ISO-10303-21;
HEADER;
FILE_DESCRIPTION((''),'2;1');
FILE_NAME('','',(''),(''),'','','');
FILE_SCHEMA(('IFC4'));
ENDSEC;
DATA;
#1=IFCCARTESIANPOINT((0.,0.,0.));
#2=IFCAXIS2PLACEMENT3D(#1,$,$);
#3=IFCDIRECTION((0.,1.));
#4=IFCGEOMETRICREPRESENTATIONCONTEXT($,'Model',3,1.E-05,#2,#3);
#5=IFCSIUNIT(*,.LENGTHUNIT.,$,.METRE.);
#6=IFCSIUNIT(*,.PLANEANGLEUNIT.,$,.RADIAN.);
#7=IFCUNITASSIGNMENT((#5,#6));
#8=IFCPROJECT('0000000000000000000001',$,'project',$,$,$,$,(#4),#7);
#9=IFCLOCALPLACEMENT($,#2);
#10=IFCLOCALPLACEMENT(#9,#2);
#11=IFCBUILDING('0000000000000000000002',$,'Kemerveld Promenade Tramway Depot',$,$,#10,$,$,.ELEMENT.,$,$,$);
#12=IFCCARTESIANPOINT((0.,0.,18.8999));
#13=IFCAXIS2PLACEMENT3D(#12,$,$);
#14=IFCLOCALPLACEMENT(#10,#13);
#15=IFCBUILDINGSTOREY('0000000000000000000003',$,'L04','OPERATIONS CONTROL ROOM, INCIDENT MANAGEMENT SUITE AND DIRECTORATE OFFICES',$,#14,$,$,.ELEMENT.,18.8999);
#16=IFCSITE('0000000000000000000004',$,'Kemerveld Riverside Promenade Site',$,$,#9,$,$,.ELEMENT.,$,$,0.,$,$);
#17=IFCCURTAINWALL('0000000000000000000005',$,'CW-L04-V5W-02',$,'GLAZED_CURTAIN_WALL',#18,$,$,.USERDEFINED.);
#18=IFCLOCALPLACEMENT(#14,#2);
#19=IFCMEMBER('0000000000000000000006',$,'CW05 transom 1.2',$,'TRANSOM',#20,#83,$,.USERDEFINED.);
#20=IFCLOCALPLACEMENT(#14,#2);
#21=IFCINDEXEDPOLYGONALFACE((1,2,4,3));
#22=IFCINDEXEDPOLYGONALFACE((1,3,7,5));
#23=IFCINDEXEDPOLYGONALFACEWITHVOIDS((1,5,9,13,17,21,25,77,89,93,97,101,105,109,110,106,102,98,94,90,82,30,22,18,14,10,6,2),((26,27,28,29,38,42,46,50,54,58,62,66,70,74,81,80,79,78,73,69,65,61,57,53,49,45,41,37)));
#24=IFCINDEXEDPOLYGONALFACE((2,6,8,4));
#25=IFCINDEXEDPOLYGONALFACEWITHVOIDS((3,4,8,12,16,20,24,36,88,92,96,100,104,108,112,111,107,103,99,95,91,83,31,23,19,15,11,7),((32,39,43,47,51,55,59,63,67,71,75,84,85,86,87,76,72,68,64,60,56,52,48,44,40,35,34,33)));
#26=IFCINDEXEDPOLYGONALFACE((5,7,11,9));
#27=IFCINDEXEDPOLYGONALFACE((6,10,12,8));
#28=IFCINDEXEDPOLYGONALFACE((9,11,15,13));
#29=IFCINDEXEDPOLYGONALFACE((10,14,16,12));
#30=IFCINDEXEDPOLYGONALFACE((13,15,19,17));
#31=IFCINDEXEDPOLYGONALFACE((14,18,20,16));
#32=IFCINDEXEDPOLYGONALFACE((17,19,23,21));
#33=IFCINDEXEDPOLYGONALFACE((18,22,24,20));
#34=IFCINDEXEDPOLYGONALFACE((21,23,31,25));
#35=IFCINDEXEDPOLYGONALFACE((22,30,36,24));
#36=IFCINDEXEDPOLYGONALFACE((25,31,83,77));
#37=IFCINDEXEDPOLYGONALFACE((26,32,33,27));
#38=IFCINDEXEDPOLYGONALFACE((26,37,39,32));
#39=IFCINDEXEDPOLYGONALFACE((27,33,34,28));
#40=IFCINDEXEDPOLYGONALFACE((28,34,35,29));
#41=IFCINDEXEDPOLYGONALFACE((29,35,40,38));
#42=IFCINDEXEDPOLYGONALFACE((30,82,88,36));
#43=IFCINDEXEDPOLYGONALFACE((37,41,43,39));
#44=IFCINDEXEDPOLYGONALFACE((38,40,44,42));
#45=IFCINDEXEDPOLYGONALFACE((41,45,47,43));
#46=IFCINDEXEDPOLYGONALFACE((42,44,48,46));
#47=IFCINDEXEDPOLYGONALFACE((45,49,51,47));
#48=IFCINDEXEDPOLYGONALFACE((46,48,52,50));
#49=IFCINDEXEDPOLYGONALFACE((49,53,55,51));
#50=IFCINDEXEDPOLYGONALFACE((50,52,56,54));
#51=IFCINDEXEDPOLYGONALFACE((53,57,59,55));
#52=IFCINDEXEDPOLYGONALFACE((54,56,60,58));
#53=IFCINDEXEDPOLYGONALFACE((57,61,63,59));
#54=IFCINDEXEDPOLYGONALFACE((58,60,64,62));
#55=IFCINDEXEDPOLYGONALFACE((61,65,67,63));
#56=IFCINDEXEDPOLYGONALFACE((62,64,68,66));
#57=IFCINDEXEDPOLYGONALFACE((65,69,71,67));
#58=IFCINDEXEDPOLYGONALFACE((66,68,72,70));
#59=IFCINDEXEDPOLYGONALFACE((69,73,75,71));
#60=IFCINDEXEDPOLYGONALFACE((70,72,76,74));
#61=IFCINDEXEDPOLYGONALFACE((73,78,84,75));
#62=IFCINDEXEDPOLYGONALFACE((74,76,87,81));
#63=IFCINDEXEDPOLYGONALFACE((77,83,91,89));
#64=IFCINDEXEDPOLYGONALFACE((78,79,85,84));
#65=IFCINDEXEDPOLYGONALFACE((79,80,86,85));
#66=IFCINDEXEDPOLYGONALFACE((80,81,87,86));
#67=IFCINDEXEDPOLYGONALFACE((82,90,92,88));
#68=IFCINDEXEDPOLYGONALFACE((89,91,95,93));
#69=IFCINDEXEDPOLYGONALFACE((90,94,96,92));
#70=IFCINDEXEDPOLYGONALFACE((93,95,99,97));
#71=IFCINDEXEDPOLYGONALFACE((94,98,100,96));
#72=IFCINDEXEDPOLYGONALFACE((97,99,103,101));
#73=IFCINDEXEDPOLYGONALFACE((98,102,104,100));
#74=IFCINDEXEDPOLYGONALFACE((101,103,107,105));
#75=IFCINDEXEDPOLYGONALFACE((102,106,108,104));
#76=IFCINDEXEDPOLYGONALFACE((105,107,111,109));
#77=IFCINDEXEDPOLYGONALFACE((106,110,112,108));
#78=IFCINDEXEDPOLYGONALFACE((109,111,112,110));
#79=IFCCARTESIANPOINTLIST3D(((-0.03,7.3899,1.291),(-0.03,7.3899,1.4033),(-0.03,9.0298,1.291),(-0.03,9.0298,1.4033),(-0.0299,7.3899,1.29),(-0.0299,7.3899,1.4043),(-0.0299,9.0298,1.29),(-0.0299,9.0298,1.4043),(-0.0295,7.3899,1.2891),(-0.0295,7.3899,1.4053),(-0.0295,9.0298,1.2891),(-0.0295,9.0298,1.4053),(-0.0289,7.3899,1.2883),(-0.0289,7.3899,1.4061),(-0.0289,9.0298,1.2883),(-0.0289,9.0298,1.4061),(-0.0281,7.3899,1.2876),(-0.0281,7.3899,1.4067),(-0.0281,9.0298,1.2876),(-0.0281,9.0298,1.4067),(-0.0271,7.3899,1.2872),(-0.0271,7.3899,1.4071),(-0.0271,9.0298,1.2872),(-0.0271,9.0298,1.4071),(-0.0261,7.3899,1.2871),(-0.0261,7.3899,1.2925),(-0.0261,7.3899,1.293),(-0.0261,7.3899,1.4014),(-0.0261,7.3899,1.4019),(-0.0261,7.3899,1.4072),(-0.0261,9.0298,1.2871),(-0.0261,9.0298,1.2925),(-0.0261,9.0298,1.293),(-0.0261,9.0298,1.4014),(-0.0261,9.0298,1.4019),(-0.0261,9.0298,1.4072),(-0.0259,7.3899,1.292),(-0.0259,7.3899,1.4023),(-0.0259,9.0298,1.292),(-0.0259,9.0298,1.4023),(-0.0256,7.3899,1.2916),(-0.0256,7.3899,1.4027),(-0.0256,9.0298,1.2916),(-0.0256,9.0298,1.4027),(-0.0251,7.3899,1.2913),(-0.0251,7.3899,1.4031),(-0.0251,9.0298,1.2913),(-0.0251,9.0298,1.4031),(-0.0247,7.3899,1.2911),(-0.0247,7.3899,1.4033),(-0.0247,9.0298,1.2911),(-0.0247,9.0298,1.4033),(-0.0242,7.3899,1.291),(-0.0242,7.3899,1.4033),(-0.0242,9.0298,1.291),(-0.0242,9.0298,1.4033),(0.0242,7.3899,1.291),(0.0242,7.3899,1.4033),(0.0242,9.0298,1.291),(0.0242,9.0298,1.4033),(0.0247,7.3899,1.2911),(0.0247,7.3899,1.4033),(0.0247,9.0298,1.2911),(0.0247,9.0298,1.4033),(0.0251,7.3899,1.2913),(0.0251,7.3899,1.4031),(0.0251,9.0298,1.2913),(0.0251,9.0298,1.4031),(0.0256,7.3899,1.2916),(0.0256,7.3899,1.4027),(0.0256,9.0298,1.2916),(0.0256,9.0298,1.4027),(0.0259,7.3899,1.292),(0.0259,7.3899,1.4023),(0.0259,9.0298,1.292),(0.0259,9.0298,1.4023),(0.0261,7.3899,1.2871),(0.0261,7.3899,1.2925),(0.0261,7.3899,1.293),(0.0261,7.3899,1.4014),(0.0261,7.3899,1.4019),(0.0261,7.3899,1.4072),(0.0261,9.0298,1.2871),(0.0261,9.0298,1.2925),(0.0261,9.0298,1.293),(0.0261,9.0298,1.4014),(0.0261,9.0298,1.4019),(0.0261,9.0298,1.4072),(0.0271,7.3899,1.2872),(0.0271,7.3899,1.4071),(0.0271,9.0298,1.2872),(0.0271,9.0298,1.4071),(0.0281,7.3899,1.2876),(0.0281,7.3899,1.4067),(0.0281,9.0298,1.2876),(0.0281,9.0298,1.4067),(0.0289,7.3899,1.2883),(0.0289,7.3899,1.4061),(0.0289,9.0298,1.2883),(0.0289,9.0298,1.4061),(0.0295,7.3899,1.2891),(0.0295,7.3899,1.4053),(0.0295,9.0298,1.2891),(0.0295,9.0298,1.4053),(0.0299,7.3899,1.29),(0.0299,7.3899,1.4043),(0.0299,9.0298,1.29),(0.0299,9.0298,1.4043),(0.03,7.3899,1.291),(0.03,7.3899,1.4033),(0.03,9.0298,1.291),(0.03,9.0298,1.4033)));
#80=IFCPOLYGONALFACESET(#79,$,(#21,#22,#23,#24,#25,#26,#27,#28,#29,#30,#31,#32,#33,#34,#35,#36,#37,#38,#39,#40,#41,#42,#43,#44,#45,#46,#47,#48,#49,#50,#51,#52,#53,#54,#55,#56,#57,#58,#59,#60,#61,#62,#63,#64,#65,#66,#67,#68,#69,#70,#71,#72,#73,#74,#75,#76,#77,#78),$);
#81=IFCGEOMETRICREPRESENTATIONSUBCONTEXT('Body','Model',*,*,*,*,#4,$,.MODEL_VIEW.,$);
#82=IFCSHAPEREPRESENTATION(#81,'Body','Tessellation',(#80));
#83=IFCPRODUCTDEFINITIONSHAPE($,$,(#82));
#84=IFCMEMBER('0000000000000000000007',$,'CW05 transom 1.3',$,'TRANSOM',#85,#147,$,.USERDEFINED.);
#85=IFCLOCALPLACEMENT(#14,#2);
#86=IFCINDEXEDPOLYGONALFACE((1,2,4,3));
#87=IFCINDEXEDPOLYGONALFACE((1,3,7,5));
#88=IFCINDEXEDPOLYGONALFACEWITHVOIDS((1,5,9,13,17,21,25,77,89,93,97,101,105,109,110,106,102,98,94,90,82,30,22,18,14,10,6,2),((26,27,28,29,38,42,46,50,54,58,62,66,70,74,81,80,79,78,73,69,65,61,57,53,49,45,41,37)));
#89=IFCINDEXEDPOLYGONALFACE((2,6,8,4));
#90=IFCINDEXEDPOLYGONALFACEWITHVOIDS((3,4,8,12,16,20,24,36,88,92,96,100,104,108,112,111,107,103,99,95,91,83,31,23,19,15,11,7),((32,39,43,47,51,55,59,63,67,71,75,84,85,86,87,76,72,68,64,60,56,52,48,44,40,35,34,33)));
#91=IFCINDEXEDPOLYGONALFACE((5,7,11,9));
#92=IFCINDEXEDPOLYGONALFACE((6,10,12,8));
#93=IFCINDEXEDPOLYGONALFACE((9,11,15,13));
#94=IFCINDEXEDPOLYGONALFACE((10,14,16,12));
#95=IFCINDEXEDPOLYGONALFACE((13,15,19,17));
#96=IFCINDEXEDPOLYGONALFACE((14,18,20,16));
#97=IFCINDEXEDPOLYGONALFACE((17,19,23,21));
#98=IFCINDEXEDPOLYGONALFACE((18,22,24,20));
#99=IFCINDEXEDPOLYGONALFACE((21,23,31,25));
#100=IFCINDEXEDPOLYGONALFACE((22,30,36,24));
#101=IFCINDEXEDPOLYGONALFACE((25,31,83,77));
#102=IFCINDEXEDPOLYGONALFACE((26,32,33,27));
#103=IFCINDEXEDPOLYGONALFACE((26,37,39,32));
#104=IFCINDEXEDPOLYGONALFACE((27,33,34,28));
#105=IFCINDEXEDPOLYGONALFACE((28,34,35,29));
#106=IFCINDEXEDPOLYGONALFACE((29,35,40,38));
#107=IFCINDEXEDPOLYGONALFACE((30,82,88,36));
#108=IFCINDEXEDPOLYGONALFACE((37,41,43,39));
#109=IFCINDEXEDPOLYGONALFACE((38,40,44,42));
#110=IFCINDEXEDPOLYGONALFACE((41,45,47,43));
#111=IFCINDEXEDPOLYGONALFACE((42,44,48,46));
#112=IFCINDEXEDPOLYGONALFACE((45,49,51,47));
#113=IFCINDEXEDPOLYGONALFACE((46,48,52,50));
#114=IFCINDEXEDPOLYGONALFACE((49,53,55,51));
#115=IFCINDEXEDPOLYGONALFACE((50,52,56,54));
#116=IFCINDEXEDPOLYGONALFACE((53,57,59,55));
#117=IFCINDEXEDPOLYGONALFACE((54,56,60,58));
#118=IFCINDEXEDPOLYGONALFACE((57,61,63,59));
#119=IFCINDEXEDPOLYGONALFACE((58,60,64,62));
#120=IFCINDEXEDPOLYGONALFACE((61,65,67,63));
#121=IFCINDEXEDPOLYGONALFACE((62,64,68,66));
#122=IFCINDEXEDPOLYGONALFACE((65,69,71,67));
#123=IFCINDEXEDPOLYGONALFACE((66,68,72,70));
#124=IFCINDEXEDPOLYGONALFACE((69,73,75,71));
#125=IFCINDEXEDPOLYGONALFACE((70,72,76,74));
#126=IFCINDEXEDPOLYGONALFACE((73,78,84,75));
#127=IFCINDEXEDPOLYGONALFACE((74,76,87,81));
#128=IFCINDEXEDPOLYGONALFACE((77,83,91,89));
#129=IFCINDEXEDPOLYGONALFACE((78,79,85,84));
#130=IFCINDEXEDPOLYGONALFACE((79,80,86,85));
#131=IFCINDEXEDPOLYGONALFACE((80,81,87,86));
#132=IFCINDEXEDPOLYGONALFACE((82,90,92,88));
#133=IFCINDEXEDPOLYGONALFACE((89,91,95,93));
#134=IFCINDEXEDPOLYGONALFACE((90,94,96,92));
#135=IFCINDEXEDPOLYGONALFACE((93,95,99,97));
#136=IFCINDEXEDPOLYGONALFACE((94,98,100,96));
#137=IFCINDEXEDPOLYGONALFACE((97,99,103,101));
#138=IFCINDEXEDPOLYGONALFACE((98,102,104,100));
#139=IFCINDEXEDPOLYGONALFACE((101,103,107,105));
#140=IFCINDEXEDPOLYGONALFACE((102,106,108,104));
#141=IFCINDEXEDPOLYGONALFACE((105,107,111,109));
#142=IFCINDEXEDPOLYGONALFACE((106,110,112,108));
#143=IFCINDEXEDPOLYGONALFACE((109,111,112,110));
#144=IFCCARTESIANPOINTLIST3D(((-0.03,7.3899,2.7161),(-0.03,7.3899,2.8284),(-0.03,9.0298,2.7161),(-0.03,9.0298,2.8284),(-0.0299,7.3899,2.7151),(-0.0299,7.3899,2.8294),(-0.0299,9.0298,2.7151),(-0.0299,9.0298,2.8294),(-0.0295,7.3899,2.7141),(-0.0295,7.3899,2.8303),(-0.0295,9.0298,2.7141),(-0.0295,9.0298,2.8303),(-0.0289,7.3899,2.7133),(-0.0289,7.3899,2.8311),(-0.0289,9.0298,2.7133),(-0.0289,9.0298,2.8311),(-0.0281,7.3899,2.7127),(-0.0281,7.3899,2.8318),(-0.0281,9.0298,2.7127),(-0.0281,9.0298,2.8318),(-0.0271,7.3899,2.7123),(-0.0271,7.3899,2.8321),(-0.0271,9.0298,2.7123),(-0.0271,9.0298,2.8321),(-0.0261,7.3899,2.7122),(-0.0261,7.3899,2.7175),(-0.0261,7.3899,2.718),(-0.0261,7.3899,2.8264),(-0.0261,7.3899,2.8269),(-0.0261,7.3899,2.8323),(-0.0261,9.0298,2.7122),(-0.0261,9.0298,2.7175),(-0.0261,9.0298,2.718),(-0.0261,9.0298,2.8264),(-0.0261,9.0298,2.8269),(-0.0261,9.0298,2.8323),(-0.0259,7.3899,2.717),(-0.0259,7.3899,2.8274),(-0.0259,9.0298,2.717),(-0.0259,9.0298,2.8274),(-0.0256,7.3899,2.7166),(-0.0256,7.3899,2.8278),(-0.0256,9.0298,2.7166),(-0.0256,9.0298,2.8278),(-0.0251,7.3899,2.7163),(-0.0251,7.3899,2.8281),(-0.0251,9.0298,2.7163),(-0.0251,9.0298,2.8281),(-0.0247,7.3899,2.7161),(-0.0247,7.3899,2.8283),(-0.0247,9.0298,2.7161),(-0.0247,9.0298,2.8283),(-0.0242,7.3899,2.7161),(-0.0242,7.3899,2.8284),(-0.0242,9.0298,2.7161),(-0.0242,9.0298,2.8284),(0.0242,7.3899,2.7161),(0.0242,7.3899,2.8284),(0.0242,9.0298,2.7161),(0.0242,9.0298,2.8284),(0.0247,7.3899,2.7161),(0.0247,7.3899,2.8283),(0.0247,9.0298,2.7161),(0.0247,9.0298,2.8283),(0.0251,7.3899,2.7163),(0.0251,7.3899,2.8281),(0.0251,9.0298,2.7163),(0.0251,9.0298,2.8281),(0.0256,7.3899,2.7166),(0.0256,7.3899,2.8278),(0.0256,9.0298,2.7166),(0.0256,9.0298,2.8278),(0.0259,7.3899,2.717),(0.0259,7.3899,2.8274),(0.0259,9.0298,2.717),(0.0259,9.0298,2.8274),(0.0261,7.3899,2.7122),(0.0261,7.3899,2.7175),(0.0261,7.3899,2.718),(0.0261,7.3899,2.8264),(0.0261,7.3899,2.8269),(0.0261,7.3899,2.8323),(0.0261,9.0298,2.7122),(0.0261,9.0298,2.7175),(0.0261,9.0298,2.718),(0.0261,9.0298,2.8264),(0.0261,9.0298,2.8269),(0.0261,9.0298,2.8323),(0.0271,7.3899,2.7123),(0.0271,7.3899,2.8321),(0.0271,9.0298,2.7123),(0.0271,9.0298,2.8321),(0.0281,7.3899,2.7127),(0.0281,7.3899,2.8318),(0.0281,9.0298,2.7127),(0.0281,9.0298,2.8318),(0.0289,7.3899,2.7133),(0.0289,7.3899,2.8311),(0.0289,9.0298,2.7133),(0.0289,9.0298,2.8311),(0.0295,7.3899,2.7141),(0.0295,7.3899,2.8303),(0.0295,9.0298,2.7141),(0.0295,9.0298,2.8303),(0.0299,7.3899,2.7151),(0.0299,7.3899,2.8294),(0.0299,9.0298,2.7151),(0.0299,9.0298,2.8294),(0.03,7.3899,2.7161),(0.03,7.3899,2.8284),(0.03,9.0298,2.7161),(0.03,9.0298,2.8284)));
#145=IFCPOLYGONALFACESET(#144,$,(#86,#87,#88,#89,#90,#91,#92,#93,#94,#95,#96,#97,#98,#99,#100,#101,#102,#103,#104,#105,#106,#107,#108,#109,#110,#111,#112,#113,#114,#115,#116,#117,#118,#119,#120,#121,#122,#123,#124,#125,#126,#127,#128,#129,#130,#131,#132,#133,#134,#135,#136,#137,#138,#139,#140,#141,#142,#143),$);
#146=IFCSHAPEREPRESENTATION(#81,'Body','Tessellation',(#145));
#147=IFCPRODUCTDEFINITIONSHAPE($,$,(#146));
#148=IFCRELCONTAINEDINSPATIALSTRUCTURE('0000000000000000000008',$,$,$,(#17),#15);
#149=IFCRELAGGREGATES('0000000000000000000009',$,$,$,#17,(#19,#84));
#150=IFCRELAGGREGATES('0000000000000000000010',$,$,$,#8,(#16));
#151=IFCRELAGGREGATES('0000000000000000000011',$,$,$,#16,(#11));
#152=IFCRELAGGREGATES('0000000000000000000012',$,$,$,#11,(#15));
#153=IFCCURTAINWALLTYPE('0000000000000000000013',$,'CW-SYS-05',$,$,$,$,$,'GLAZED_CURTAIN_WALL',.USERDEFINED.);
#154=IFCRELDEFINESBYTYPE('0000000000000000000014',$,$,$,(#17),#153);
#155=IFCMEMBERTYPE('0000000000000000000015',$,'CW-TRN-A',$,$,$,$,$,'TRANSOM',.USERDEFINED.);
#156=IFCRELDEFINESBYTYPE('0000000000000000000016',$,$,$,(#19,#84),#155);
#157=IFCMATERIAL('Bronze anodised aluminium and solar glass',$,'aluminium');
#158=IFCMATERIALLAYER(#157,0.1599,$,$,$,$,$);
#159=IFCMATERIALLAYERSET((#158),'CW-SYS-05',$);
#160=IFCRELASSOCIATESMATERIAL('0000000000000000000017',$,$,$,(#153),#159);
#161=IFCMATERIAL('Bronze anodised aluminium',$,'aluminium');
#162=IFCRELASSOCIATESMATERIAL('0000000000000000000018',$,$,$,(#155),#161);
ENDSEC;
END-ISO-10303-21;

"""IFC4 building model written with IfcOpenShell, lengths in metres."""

from ifc_helpers import new_model, si_unit, direction, frame, origin, origin_2d, place, context, subcontext, project, spatial, hollow_rectangle, extrude, material, layer, layer_set, material_profile, profile_set, type_object, element, aggregate, save


model = new_model("IFC4")

# Units and contexts
model_context = context("Model", 3, precision=1e-05, world=origin(), true_north=direction((0.0, 1.0)))
body_context = subcontext(model_context, "Body", "Model", "MODEL_VIEW")
ifc_project = project(units=[si_unit("LENGTHUNIT", "METRE"), si_unit("PLANEANGLEUNIT", "RADIAN")], contexts=[model_context])

# Site, building, storey
site_placement = place(None, origin())
site = spatial("IfcSite", under=ifc_project, at=site_placement, Name="Kemerveld Riverside Promenade Site", CompositionType="ELEMENT", RefElevation=0.0)
building_placement = place(site_placement, origin())
building = spatial("IfcBuilding", under=site, at=building_placement, Name="Kemerveld Promenade Tramway Depot", CompositionType="ELEMENT")
storey_placement = place(building_placement, frame((0.0, 0.0, 18.8999)))
storey = spatial("IfcBuildingStorey", under=building, at=storey_placement, Name="L04", Description="OPERATIONS CONTROL ROOM, INCIDENT MANAGEMENT SUITE AND DIRECTORATE OFFICES", CompositionType="ELEMENT", Elevation=18.8999)

# Curtain wall, members
ifc_material_1 = material(Name="Bronze anodised aluminium and solar glass", Category="aluminium")
ifc_layer_1 = layer(ifc_material_1, 0.1599)
ifc_layer_set_1 = layer_set([ifc_layer_1], Name="CW-SYS-05")
curtain_wall_type = type_object("IfcCurtainWallType", Name="CW-SYS-05", ElementType="GLAZED_CURTAIN_WALL", PredefinedType="USERDEFINED", material=ifc_layer_set_1)
curtain_wall_placement = place(storey_placement, origin())
curtain_wall = element("IfcCurtainWall", 1, at=curtain_wall_placement, inside=storey, type_object=curtain_wall_type, Name="CW-L04-V5W-02", ObjectType="GLAZED_CURTAIN_WALL", PredefinedType="USERDEFINED")
ifc_material_2 = material(Name="Bronze anodised aluminium", Category="aluminium")
ifc_material_profile_1 = material_profile(ifc_material_2, hollow_rectangle(XDim=0.0601, YDim=0.1201, WallThickness=0.0039, InnerFilletRadius=0.002, OuterFilletRadius=0.0039, at=origin_2d()), Name="CW-TRN-120x60")
ifc_profile_set_1 = profile_set([ifc_material_profile_1], Name="Bronze anodised aluminium")
member_type_1 = type_object("IfcMemberType", Name="CW-TRN-A", ElementType="TRANSOM", PredefinedType="USERDEFINED", material=ifc_profile_set_1)
member_1_placement = place(storey_placement, frame((0.0, 7.3899, 1.3472), z_axis=(0.0, 1.0, 0.0), x_axis=(-1.0, 0.0, 0.0)))
member_1 = element("IfcMember", 2, at=member_1_placement, type_object=member_type_1, Name="CW05 transom 1.2", ObjectType="TRANSOM", PredefinedType="USERDEFINED", context=body_context, shape_type="SweptSolid", body=[
    extrude(hollow_rectangle(XDim=0.0601, YDim=0.1201, WallThickness=0.0039, InnerFilletRadius=0.002, OuterFilletRadius=0.0039, at=origin_2d()), origin(), (0.0, 0.0, 1.0), 1.6399),
])
member_2_placement = place(storey_placement, frame((0.0, 7.3899, 2.7722), z_axis=(0.0, 1.0, 0.0), x_axis=(-1.0, 0.0, 0.0)))
member_2 = element("IfcMember", 3, at=member_2_placement, type_object=member_type_1, Name="CW05 transom 1.3", ObjectType="TRANSOM", PredefinedType="USERDEFINED", context=body_context, shape_type="SweptSolid", body=[
    extrude(hollow_rectangle(XDim=0.0601, YDim=0.1201, WallThickness=0.0039, InnerFilletRadius=0.002, OuterFilletRadius=0.0039, at=origin_2d()), origin(), (0.0, 0.0, 1.0), 1.6399),
])
aggregate(curtain_wall, [member_1, member_2])

save(model, "model.ifc")
